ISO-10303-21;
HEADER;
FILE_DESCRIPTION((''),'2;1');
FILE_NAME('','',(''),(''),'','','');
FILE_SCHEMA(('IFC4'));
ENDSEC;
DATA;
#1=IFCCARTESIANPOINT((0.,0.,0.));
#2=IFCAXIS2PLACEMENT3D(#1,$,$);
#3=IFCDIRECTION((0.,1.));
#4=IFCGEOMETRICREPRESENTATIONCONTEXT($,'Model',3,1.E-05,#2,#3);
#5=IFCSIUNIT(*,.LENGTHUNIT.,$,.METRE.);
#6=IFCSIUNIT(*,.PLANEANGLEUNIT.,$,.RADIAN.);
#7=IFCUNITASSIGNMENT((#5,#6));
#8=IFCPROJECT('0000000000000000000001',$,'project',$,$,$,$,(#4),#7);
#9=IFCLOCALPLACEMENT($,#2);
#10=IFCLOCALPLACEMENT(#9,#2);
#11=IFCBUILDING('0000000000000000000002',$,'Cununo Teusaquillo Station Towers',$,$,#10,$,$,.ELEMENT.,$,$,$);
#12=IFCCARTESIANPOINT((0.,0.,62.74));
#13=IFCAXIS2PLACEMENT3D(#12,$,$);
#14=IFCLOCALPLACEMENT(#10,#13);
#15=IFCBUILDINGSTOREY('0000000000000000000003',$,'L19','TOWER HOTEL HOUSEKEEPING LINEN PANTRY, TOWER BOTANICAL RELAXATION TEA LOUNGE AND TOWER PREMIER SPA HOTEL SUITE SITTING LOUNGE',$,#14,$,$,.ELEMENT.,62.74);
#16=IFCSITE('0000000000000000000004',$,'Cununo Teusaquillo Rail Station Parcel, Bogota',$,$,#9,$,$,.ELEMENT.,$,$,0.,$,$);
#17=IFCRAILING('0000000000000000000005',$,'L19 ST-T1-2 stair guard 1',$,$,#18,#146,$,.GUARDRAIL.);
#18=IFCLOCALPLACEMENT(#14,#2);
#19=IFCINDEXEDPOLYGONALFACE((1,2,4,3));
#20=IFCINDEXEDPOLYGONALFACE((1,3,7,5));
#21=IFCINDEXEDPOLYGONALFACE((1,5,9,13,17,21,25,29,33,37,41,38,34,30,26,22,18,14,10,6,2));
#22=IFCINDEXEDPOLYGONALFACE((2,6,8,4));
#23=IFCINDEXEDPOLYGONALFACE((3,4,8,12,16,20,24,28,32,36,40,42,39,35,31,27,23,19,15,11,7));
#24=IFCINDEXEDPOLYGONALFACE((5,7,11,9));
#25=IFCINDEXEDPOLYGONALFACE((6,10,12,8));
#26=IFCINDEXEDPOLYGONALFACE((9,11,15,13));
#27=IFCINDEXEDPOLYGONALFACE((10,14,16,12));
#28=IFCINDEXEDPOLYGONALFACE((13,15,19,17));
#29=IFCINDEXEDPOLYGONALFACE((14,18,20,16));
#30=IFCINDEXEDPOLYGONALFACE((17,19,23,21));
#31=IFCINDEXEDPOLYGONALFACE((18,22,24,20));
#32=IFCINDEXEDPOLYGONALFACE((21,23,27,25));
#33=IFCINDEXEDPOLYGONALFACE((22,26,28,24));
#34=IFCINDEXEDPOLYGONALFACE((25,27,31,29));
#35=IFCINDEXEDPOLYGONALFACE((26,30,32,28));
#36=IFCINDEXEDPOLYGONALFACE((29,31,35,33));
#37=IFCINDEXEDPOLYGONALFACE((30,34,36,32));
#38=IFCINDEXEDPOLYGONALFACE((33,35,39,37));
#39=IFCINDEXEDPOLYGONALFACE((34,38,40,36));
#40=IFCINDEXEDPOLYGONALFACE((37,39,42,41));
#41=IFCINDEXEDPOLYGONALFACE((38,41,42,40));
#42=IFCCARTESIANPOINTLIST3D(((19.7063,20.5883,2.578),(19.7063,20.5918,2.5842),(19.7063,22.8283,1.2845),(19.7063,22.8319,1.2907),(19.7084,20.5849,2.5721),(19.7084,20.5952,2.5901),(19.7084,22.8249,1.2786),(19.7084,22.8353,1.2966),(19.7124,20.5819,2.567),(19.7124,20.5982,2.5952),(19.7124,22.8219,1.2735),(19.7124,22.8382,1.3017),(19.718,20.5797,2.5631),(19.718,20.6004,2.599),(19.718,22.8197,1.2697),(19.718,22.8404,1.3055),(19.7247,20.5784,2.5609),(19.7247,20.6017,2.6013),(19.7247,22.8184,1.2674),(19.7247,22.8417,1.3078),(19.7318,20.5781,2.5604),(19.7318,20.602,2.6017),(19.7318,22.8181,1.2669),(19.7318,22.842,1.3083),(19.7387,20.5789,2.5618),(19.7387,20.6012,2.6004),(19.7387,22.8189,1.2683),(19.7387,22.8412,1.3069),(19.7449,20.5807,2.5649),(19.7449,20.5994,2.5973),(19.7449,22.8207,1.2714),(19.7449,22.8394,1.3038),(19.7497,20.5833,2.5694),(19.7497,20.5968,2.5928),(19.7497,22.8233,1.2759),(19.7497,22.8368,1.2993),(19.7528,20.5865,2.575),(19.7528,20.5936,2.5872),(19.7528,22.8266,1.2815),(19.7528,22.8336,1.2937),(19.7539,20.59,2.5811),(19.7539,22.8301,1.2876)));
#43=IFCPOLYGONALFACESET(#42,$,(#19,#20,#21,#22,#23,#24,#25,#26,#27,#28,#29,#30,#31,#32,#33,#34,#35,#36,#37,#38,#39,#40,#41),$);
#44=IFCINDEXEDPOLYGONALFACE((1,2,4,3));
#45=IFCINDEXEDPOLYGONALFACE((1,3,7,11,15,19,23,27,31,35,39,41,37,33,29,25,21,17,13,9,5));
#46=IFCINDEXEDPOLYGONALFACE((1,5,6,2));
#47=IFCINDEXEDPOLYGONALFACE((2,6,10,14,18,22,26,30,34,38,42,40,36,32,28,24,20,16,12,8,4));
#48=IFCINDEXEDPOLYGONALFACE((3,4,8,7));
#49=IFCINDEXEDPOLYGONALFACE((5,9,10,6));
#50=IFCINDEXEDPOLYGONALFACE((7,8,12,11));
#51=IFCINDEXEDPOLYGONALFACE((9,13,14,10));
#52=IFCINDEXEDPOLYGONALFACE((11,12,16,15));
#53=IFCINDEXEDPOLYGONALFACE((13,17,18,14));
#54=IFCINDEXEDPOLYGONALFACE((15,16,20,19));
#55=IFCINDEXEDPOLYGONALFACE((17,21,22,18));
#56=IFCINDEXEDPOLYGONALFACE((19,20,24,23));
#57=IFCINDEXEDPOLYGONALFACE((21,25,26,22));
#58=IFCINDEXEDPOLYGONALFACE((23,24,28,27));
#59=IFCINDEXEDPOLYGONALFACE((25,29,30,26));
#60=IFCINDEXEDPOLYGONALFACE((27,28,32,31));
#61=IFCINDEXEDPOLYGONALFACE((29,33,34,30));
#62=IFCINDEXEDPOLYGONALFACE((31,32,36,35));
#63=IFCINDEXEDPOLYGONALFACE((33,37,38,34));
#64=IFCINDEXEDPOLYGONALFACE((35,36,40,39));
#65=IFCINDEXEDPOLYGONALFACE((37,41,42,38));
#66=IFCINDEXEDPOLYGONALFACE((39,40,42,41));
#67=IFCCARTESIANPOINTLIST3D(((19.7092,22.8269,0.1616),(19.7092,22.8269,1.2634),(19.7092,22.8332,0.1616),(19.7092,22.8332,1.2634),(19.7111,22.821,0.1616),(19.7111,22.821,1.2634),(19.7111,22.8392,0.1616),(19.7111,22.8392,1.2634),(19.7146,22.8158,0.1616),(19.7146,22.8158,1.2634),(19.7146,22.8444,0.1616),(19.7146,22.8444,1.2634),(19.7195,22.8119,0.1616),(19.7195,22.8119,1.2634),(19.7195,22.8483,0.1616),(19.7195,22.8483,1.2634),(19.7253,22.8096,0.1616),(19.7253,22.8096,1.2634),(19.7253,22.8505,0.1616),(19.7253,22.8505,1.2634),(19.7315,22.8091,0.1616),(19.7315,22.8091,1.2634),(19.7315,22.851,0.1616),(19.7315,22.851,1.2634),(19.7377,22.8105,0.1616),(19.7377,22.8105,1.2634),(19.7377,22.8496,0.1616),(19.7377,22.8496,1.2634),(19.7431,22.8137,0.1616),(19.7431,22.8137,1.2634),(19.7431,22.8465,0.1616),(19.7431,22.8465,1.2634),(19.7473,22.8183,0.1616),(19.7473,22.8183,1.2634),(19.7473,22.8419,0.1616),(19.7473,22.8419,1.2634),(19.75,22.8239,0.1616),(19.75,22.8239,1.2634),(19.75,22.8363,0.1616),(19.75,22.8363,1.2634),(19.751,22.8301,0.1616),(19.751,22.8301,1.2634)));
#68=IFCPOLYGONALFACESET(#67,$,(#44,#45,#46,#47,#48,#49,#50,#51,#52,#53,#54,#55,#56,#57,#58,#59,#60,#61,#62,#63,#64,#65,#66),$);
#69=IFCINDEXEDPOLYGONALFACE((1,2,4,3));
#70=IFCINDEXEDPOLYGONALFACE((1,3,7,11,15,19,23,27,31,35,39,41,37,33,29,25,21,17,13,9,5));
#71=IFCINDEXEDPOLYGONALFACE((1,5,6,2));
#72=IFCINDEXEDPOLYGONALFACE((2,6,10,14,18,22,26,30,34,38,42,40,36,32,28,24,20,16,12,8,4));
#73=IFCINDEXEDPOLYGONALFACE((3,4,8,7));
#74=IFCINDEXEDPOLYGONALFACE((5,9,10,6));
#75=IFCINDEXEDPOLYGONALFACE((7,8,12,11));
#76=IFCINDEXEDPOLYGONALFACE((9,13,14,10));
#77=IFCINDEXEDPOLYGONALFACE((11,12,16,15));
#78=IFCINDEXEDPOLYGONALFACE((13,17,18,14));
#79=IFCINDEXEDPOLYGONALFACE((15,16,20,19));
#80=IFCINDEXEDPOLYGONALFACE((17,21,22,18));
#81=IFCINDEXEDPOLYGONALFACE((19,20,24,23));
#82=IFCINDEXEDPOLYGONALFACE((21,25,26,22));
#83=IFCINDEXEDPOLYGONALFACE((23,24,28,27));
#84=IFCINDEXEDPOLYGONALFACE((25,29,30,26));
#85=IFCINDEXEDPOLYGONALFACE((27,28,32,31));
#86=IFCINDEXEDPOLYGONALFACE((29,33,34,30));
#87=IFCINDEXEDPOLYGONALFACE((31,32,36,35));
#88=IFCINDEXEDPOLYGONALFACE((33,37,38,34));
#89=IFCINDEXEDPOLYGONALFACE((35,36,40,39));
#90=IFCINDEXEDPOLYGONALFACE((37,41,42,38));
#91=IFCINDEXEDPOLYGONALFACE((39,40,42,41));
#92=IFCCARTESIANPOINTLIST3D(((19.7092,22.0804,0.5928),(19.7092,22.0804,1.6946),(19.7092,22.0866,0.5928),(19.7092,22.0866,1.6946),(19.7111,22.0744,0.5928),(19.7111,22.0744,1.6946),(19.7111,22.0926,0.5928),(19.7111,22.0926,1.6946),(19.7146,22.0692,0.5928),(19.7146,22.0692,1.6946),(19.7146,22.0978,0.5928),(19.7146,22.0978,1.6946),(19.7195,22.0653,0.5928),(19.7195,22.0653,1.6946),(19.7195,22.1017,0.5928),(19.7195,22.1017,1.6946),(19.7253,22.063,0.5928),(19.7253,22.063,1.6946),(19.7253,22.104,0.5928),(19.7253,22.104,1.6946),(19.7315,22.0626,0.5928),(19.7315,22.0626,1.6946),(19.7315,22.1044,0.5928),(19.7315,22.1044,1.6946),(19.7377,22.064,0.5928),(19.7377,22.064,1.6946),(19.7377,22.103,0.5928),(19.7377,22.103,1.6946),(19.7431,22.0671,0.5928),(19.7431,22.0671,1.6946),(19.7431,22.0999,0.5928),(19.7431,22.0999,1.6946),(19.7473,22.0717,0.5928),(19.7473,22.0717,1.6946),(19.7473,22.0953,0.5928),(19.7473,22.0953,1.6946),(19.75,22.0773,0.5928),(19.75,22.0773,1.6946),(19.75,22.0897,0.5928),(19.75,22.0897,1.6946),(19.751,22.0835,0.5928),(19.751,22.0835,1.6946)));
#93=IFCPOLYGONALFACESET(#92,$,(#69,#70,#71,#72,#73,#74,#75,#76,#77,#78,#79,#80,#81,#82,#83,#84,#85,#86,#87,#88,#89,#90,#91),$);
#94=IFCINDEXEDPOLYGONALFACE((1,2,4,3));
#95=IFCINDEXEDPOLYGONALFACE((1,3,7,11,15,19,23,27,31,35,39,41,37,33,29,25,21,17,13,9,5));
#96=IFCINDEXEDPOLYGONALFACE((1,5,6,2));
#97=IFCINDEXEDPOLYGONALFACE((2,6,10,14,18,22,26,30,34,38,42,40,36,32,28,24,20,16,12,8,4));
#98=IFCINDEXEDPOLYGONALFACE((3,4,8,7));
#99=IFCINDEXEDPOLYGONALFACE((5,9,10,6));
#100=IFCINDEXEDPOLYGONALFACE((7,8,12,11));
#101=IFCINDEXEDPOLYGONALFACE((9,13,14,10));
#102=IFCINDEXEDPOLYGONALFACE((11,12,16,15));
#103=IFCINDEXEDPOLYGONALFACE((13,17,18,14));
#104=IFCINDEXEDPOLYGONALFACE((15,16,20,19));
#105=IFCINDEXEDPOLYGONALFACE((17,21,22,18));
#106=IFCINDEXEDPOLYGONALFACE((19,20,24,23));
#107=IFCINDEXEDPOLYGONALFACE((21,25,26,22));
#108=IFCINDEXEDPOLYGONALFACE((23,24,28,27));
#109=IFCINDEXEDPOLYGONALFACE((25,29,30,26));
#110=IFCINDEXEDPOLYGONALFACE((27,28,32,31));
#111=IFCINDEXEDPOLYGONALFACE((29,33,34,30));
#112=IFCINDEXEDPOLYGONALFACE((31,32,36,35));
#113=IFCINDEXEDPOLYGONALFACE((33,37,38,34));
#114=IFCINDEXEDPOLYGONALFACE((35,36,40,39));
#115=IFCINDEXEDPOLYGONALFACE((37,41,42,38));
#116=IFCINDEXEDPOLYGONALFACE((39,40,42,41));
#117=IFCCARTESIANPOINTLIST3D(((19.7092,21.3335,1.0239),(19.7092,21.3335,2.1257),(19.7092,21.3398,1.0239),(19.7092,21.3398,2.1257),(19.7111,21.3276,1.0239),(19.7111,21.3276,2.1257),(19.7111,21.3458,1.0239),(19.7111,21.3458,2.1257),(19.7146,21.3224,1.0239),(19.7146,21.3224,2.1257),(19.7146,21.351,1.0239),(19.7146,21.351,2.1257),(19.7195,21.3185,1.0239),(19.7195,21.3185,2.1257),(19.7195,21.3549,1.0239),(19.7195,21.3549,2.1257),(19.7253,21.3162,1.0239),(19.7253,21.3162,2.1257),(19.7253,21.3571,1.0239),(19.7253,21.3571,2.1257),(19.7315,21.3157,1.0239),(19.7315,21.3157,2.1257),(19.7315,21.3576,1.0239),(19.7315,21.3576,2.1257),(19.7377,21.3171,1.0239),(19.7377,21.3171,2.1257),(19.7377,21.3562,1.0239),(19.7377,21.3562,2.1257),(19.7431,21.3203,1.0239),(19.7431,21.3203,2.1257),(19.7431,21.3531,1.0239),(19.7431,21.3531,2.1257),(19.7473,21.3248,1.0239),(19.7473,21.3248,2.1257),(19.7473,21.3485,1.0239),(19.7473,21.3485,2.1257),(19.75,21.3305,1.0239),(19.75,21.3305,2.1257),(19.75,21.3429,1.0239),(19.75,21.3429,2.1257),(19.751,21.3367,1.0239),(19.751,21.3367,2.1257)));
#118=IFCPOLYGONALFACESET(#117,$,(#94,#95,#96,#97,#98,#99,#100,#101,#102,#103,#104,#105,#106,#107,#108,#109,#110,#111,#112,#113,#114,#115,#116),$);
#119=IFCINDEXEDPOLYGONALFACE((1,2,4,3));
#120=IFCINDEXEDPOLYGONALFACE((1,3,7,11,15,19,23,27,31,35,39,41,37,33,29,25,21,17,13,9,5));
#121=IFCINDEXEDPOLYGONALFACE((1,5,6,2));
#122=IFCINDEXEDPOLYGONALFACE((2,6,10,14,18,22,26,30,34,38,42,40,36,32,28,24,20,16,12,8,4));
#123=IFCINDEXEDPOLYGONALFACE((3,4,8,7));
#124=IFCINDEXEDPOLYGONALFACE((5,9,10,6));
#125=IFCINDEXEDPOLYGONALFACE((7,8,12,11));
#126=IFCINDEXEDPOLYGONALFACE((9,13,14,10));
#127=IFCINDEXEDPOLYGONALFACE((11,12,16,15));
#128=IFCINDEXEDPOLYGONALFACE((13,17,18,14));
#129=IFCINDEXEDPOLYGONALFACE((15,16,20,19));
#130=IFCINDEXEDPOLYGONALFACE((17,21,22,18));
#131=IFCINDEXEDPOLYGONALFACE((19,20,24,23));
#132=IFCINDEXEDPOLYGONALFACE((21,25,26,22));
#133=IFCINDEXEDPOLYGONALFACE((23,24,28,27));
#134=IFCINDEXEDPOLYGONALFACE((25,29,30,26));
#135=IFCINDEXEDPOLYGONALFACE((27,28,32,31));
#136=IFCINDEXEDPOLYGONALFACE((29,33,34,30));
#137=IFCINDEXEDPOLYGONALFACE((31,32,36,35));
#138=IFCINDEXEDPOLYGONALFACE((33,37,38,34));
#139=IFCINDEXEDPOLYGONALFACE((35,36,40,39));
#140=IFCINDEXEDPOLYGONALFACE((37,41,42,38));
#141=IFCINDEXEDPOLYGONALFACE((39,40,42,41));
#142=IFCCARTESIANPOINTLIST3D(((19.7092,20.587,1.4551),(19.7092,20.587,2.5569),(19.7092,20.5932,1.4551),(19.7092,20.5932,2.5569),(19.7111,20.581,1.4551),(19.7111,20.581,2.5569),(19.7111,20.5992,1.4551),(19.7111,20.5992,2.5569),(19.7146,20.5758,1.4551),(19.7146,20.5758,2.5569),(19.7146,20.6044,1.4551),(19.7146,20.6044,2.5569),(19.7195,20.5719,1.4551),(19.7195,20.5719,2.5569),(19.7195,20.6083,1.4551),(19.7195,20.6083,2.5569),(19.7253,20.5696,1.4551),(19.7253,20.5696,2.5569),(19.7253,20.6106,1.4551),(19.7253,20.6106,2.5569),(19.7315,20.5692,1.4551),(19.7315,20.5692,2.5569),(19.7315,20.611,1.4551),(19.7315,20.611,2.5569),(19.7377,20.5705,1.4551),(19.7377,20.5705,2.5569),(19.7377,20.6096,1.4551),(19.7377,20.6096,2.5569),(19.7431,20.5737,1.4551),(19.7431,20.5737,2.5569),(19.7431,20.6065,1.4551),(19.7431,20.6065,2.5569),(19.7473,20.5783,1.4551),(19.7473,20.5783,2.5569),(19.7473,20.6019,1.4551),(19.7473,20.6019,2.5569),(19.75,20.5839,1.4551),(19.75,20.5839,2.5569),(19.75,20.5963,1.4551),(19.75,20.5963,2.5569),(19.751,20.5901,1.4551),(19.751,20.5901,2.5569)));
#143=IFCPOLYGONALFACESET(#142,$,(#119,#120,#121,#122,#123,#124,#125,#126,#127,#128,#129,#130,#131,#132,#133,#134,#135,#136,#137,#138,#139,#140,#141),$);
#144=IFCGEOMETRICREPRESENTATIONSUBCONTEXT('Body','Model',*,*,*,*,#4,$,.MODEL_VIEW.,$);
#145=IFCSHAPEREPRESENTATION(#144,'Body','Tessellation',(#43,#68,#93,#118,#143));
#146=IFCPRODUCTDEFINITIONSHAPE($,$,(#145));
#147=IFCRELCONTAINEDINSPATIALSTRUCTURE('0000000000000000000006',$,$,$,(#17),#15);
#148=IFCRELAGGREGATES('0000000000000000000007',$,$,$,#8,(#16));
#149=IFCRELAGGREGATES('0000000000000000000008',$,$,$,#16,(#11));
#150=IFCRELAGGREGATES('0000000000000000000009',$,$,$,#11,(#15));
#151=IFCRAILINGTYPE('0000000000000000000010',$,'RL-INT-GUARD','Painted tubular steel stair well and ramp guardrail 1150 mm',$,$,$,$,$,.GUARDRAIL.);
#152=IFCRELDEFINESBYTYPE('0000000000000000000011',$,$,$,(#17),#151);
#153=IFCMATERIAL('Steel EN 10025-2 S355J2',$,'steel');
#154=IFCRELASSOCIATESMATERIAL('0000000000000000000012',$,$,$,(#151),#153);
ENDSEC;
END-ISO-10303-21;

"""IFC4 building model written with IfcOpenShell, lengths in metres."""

from ifc_helpers import new_model, si_unit, direction, frame, origin, origin_2d, place, context, subcontext, project, spatial, circle, extrude, material, type_object, element, save


model = new_model("IFC4")

# Units and contexts
model_context = context("Model", 3, precision=1e-05, world=origin(), true_north=direction((0.0, 1.0)))
body_context = subcontext(model_context, "Body", "Model", "MODEL_VIEW")
ifc_project = project(units=[si_unit("LENGTHUNIT", "METRE"), si_unit("PLANEANGLEUNIT", "RADIAN")], contexts=[model_context])

# Site, building, storey
site_placement = place(None, origin())
site = spatial("IfcSite", under=ifc_project, at=site_placement, Name="Cununo Teusaquillo Rail Station Parcel, Bogota", CompositionType="ELEMENT", RefElevation=0.0)
building_placement = place(site_placement, origin())
building = spatial("IfcBuilding", under=site, at=building_placement, Name="Cununo Teusaquillo Station Towers", CompositionType="ELEMENT")
storey_placement = place(building_placement, frame((0.0, 0.0, 62.74)))
storey = spatial("IfcBuildingStorey", under=building, at=storey_placement, Name="L19", Description="TOWER HOTEL HOUSEKEEPING LINEN PANTRY, TOWER BOTANICAL RELAXATION TEA LOUNGE AND TOWER PREMIER SPA HOTEL SUITE SITTING LOUNGE", CompositionType="ELEMENT", Elevation=62.74)

# Railing
ifc_material_1 = material(Name="Steel EN 10025-2 S355J2", Category="steel")
railing_type_1 = type_object("IfcRailingType", Name="RL-INT-GUARD", Description="Painted tubular steel stair well and ramp guardrail 1150 mm", PredefinedType="GUARDRAIL", material=ifc_material_1)
railing_1_placement = place(storey_placement, frame((19.73, 22.8301, 0.1616)))
element("IfcRailing", 1, at=railing_1_placement, inside=storey, type_object=railing_type_1, Name="L19 ST-T1-2 stair guard 1", PredefinedType="GUARDRAIL", context=body_context, shape_type="SweptSolid", body=[
    extrude(circle(Radius=0.0239, at=origin_2d()), frame((0.0, 0.0, 1.126), z_axis=(0.0, -0.865992, 0.500057), x_axis=(1.0, 0.0, 0.0)), (0.0, 0.0, 1.0), 2.5867),
    extrude(circle(Radius=0.021, at=origin_2d()), origin(), (0.0, 0.0, 1.0), 1.1018),
    extrude(circle(Radius=0.021, at=origin_2d()), frame((0.0, -0.7466, 0.4312)), (0.0, 0.0, 1.0), 1.1018),
    extrude(circle(Radius=0.021, at=origin_2d()), frame((0.0, -1.4934, 0.8623)), (0.0, 0.0, 1.0), 1.1018),
    extrude(circle(Radius=0.021, at=origin_2d()), frame((0.0, -2.24, 1.2935)), (0.0, 0.0, 1.0), 1.1018),
])

save(model, "model.ifc")
